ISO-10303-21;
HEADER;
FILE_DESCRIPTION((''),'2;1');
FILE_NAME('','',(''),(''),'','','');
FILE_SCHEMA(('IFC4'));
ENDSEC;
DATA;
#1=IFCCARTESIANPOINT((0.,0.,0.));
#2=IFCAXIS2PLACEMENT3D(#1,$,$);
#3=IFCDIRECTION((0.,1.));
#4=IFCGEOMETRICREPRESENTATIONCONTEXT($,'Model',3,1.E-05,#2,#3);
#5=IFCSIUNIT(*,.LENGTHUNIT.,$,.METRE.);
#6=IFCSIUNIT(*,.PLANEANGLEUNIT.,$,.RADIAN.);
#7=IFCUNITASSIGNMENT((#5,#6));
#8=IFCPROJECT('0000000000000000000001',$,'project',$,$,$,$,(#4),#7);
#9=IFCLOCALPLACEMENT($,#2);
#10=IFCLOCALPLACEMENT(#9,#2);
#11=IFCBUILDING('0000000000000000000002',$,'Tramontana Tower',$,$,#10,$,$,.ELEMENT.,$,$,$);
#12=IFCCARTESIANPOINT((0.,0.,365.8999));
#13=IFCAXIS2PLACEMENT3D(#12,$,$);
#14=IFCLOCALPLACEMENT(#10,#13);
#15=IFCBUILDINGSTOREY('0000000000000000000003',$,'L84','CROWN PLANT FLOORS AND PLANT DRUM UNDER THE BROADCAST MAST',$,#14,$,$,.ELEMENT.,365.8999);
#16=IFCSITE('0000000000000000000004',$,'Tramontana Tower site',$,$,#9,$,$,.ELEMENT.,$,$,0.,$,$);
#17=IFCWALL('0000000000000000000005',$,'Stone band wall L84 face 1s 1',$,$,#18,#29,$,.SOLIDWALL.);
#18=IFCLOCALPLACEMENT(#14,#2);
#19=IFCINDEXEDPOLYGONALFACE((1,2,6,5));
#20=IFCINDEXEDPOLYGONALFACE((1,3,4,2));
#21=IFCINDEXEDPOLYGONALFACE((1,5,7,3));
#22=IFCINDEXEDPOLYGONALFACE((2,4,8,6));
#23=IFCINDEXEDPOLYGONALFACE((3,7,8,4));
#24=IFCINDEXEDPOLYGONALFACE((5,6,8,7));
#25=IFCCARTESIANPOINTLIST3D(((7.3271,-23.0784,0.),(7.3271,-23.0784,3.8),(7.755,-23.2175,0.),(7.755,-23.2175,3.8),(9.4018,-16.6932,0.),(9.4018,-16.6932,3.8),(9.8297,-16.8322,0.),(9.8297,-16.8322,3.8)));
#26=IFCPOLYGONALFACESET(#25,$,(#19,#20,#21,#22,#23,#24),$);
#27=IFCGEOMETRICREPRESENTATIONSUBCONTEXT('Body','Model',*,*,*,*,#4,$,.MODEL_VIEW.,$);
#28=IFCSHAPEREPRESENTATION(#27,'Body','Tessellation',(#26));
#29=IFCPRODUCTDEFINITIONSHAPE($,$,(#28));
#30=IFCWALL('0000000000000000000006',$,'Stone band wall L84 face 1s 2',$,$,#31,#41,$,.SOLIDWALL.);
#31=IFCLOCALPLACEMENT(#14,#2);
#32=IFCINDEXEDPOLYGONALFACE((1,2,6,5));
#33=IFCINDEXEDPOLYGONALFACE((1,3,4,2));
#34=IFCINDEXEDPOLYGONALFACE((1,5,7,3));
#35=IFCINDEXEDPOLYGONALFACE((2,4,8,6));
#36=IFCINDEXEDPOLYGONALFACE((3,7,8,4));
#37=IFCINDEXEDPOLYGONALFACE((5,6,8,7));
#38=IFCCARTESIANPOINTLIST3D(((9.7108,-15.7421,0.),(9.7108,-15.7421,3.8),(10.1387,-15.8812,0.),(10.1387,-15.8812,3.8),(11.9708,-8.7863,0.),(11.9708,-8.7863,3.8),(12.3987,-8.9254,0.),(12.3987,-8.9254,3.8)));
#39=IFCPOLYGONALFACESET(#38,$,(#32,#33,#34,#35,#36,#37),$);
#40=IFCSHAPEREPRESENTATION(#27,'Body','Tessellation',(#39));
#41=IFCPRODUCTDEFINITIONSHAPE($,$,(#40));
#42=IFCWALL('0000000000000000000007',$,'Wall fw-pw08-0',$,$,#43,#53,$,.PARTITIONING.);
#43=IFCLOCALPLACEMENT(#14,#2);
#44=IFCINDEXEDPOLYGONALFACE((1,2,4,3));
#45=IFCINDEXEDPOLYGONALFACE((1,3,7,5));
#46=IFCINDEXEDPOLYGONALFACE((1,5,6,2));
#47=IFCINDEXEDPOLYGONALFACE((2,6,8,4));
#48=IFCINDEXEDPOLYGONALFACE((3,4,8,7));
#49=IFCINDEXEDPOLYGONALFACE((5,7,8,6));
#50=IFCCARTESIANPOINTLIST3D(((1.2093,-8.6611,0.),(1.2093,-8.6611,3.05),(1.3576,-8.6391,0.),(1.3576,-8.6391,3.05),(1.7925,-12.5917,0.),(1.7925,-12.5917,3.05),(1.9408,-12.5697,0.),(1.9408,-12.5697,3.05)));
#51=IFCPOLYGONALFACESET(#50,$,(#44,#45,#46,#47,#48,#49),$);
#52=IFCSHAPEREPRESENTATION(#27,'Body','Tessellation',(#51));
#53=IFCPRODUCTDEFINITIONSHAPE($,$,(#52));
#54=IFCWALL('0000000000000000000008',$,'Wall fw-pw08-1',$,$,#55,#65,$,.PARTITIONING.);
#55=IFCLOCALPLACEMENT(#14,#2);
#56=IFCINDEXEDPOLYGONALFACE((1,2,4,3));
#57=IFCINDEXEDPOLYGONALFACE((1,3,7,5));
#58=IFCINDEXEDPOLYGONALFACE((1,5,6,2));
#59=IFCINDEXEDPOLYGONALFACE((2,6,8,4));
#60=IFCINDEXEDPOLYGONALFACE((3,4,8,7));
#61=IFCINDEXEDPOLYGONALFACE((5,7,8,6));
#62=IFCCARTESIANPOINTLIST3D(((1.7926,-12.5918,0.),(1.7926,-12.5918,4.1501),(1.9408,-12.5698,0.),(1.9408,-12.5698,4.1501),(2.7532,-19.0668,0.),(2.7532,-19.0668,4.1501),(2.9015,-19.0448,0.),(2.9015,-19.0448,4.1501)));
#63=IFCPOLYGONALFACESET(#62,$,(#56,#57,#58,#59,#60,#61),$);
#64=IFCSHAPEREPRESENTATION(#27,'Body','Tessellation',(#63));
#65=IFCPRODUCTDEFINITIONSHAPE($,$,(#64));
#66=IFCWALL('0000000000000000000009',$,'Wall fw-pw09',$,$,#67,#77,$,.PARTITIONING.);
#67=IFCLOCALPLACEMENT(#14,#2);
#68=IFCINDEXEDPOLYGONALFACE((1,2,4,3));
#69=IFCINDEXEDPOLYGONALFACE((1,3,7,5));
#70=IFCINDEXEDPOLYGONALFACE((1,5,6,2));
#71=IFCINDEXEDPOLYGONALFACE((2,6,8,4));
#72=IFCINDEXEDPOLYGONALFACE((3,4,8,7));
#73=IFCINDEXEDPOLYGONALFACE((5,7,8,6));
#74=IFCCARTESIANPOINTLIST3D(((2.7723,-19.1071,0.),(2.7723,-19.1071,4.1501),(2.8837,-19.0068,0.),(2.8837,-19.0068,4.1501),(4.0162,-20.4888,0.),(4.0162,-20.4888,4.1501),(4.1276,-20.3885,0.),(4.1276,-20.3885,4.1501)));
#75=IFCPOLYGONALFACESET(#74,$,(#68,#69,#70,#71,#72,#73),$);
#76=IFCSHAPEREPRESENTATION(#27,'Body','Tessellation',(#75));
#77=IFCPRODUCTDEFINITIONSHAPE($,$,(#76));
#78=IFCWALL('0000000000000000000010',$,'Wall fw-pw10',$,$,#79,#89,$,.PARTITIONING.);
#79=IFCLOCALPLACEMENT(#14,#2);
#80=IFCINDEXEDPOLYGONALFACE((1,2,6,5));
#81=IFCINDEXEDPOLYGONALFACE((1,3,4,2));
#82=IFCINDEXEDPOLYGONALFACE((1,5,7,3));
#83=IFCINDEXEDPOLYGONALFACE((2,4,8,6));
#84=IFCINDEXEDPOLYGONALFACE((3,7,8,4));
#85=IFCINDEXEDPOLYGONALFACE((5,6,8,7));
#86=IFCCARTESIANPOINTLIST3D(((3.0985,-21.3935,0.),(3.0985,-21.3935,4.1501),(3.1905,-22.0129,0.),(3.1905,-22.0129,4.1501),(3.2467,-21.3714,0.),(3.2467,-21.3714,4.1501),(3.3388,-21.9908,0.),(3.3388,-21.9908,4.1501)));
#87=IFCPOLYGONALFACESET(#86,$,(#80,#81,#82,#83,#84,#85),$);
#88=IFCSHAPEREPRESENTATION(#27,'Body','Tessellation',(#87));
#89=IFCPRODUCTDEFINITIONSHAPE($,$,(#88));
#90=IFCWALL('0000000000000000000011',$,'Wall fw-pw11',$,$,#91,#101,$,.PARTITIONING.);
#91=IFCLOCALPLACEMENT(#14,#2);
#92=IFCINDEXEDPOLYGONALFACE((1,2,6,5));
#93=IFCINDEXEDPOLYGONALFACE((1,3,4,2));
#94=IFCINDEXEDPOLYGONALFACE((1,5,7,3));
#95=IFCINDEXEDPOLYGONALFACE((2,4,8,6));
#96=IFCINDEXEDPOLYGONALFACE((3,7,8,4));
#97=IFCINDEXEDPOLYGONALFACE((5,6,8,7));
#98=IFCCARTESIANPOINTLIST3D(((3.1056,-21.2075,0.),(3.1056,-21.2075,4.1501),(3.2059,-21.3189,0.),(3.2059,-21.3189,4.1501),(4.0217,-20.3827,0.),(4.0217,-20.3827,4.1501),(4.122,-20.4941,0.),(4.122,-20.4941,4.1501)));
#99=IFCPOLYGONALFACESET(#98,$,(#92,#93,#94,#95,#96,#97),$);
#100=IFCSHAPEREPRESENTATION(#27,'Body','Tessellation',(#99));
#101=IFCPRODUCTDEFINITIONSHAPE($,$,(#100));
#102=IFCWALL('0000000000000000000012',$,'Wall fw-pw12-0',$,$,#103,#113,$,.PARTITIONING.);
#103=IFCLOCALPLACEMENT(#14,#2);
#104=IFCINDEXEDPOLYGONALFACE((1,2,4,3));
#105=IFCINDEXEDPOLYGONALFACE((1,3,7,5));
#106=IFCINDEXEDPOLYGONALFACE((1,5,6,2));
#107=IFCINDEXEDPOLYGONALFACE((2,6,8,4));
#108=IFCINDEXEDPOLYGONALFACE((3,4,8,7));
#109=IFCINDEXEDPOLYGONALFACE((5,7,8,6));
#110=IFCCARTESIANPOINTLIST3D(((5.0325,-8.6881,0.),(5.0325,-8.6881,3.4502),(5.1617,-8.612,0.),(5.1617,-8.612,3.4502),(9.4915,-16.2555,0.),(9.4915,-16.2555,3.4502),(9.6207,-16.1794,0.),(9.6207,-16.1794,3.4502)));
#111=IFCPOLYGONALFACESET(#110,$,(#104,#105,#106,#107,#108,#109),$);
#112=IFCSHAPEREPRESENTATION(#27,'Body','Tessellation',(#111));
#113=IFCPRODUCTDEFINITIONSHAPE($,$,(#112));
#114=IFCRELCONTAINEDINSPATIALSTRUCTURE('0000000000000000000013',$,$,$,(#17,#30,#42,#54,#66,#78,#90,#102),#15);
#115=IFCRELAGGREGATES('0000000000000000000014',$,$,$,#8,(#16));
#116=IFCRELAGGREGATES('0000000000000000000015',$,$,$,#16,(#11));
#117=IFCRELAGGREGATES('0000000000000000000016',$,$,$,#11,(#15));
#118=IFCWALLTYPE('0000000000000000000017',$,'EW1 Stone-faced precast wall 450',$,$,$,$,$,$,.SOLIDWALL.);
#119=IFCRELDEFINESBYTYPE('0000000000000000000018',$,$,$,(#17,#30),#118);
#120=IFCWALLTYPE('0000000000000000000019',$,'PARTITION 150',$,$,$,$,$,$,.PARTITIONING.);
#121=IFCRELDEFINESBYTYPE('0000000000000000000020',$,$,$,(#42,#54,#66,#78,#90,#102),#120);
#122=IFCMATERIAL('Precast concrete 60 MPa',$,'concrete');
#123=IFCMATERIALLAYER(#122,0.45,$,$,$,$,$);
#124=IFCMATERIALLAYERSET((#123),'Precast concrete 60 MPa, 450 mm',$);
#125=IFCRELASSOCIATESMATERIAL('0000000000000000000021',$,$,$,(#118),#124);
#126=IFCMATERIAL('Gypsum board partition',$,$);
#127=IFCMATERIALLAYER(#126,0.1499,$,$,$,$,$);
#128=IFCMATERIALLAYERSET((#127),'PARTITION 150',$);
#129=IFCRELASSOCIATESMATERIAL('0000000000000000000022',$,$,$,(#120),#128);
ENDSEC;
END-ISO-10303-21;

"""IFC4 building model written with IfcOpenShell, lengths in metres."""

from ifc_helpers import new_model, si_unit, direction, frame, frame_2d, origin, place, context, subcontext, project, spatial, rectangle, extrude, material, layer, layer_set, type_object, element, save


model = new_model("IFC4")

# Units and contexts
model_context = context("Model", 3, precision=1e-05, world=origin(), true_north=direction((0.0, 1.0)))
body_context = subcontext(model_context, "Body", "Model", "MODEL_VIEW")
ifc_project = project(units=[si_unit("LENGTHUNIT", "METRE"), si_unit("PLANEANGLEUNIT", "RADIAN")], contexts=[model_context])

# Site, building, storey
site_placement = place(None, origin())
site = spatial("IfcSite", under=ifc_project, at=site_placement, Name="Tramontana Tower site", CompositionType="ELEMENT", RefElevation=0.0)
building_placement = place(site_placement, origin())
building = spatial("IfcBuilding", under=site, at=building_placement, Name="Tramontana Tower", CompositionType="ELEMENT")
storey_placement = place(building_placement, frame((0.0, 0.0, 365.8999)))
storey = spatial("IfcBuildingStorey", under=building, at=storey_placement, Name="L84", Description="CROWN PLANT FLOORS AND PLANT DRUM UNDER THE BROADCAST MAST", CompositionType="ELEMENT", Elevation=365.8999)

# Walls
ifc_material_1 = material(Name="Precast concrete 60 MPa", Category="concrete")
ifc_layer_1 = layer(ifc_material_1, 0.45)
ifc_layer_set_1 = layer_set([ifc_layer_1], Name="Precast concrete 60 MPa, 450 mm")
wall_type_1 = type_object("IfcWallType", Name="EW1 Stone-faced precast wall 450", PredefinedType="SOLIDWALL", material=ifc_layer_set_1)
wall_1_placement = place(storey_placement, frame((7.541, -23.1479, 0.0), z_axis=(0.0, 0.0, 1.0), x_axis=(0.309019, 0.951056, 0.0)))
element("IfcWall", 1, at=wall_1_placement, inside=storey, type_object=wall_type_1, Name="Stone band wall L84 face 1s 1", PredefinedType="SOLIDWALL", context=body_context, shape_type="SweptSolid", body=[
    extrude(rectangle(XDim=6.7139, YDim=0.45, at=frame_2d((3.3569, 0.0))), origin(), (0.0, 0.0, 1.0), 3.8),
])
wall_2_placement = place(storey_placement, frame((9.9248, -15.8115, 0.0), z_axis=(0.0, 0.0, 1.0), x_axis=(0.309008, 0.951059, 0.0)))
element("IfcWall", 2, at=wall_2_placement, inside=storey, type_object=wall_type_1, Name="Stone band wall L84 face 1s 2", PredefinedType="SOLIDWALL", context=body_context, shape_type="SweptSolid", body=[
    extrude(rectangle(XDim=7.3137, YDim=0.45, at=frame_2d((3.6567, 0.0))), origin(), (0.0, 0.0, 1.0), 3.8),
])
ifc_material_2 = material(Name="Gypsum board partition")
ifc_layer_2 = layer(ifc_material_2, 0.1499)
ifc_layer_set_2 = layer_set([ifc_layer_2], Name="PARTITION 150")
wall_type_2 = type_object("IfcWallType", Name="PARTITION 150", PredefinedType="PARTITIONING", material=ifc_layer_set_2)
wall_3_placement = place(storey_placement, frame((1.2834, -8.6501, 0.0), z_axis=(0.0, 0.0, 1.0), x_axis=(0.146778, -0.989169, 0.0)))
element("IfcWall", 3, at=wall_3_placement, inside=storey, type_object=wall_type_2, Name="Wall fw-pw08-0", PredefinedType="PARTITIONING", context=body_context, shape_type="SweptSolid", body=[
    extrude(rectangle(XDim=3.9736, YDim=0.1499, at=frame_2d((1.9868, 0.0))), origin(), (0.0, 0.0, 1.0), 3.05),
])
wall_4_placement = place(storey_placement, frame((1.8667, -12.5808, 0.0), z_axis=(0.0, 0.0, 1.0), x_axis=(0.146761, -0.989172, 0.0)))
element("IfcWall", 4, at=wall_4_placement, inside=storey, type_object=wall_type_2, Name="Wall fw-pw08-1", PredefinedType="PARTITIONING", context=body_context, shape_type="SweptSolid", body=[
    extrude(rectangle(XDim=6.5459, YDim=0.1499, at=frame_2d((3.2729, 0.0))), origin(), (0.0, 0.0, 1.0), 4.1501),
])
wall_5_placement = place(storey_placement, frame((2.8279, -19.0569, 0.0), z_axis=(0.0, 0.0, 1.0), x_axis=(0.669103, -0.74317, 0.0)))
element("IfcWall", 5, at=wall_5_placement, inside=storey, type_object=wall_type_2, Name="Wall fw-pw09", PredefinedType="PARTITIONING", context=body_context, shape_type="SweptSolid", body=[
    extrude(rectangle(XDim=1.8591, YDim=0.1499, at=frame_2d((0.9297, 0.0))), origin(), (0.0, 0.0, 1.0), 4.1501),
])
wall_6_placement = place(storey_placement, frame((3.1726, -21.3826, 0.0), z_axis=(0.0, 0.0, 1.0), x_axis=(0.146987, -0.989138, 0.0)))
element("IfcWall", 6, at=wall_6_placement, inside=storey, type_object=wall_type_2, Name="Wall fw-pw10", PredefinedType="PARTITIONING", context=body_context, shape_type="SweptSolid", body=[
    extrude(rectangle(XDim=0.6262, YDim=0.1499, at=frame_2d((0.313, 0.0))), origin(), (0.0, 0.0, 1.0), 4.1501),
])
wall_7_placement = place(storey_placement, frame((4.0718, -20.4385, 0.0), z_axis=(0.0, 0.0, 1.0), x_axis=(-0.743176, -0.669096, 0.0)))
element("IfcWall", 7, at=wall_7_placement, inside=storey, type_object=wall_type_2, Name="Wall fw-pw11", PredefinedType="PARTITIONING", context=body_context, shape_type="SweptSolid", body=[
    extrude(rectangle(XDim=1.2327, YDim=0.1499, at=frame_2d((0.6162, 0.0))), origin(), (0.0, 0.0, 1.0), 4.1501),
])
wall_8_placement = place(storey_placement, frame((5.0972, -8.6501, 0.0), z_axis=(0.0, 0.0, 1.0), x_axis=(0.507661, -0.861557, 0.0)))
element("IfcWall", 8, at=wall_8_placement, inside=storey, type_object=wall_type_2, Name="Wall fw-pw12-0", PredefinedType="PARTITIONING", context=body_context, shape_type="SweptSolid", body=[
    extrude(rectangle(XDim=8.7834, YDim=0.1499, at=frame_2d((4.3916, 0.0))), origin(), (0.0, 0.0, 1.0), 3.4502),
])

save(model, "model.ifc")
